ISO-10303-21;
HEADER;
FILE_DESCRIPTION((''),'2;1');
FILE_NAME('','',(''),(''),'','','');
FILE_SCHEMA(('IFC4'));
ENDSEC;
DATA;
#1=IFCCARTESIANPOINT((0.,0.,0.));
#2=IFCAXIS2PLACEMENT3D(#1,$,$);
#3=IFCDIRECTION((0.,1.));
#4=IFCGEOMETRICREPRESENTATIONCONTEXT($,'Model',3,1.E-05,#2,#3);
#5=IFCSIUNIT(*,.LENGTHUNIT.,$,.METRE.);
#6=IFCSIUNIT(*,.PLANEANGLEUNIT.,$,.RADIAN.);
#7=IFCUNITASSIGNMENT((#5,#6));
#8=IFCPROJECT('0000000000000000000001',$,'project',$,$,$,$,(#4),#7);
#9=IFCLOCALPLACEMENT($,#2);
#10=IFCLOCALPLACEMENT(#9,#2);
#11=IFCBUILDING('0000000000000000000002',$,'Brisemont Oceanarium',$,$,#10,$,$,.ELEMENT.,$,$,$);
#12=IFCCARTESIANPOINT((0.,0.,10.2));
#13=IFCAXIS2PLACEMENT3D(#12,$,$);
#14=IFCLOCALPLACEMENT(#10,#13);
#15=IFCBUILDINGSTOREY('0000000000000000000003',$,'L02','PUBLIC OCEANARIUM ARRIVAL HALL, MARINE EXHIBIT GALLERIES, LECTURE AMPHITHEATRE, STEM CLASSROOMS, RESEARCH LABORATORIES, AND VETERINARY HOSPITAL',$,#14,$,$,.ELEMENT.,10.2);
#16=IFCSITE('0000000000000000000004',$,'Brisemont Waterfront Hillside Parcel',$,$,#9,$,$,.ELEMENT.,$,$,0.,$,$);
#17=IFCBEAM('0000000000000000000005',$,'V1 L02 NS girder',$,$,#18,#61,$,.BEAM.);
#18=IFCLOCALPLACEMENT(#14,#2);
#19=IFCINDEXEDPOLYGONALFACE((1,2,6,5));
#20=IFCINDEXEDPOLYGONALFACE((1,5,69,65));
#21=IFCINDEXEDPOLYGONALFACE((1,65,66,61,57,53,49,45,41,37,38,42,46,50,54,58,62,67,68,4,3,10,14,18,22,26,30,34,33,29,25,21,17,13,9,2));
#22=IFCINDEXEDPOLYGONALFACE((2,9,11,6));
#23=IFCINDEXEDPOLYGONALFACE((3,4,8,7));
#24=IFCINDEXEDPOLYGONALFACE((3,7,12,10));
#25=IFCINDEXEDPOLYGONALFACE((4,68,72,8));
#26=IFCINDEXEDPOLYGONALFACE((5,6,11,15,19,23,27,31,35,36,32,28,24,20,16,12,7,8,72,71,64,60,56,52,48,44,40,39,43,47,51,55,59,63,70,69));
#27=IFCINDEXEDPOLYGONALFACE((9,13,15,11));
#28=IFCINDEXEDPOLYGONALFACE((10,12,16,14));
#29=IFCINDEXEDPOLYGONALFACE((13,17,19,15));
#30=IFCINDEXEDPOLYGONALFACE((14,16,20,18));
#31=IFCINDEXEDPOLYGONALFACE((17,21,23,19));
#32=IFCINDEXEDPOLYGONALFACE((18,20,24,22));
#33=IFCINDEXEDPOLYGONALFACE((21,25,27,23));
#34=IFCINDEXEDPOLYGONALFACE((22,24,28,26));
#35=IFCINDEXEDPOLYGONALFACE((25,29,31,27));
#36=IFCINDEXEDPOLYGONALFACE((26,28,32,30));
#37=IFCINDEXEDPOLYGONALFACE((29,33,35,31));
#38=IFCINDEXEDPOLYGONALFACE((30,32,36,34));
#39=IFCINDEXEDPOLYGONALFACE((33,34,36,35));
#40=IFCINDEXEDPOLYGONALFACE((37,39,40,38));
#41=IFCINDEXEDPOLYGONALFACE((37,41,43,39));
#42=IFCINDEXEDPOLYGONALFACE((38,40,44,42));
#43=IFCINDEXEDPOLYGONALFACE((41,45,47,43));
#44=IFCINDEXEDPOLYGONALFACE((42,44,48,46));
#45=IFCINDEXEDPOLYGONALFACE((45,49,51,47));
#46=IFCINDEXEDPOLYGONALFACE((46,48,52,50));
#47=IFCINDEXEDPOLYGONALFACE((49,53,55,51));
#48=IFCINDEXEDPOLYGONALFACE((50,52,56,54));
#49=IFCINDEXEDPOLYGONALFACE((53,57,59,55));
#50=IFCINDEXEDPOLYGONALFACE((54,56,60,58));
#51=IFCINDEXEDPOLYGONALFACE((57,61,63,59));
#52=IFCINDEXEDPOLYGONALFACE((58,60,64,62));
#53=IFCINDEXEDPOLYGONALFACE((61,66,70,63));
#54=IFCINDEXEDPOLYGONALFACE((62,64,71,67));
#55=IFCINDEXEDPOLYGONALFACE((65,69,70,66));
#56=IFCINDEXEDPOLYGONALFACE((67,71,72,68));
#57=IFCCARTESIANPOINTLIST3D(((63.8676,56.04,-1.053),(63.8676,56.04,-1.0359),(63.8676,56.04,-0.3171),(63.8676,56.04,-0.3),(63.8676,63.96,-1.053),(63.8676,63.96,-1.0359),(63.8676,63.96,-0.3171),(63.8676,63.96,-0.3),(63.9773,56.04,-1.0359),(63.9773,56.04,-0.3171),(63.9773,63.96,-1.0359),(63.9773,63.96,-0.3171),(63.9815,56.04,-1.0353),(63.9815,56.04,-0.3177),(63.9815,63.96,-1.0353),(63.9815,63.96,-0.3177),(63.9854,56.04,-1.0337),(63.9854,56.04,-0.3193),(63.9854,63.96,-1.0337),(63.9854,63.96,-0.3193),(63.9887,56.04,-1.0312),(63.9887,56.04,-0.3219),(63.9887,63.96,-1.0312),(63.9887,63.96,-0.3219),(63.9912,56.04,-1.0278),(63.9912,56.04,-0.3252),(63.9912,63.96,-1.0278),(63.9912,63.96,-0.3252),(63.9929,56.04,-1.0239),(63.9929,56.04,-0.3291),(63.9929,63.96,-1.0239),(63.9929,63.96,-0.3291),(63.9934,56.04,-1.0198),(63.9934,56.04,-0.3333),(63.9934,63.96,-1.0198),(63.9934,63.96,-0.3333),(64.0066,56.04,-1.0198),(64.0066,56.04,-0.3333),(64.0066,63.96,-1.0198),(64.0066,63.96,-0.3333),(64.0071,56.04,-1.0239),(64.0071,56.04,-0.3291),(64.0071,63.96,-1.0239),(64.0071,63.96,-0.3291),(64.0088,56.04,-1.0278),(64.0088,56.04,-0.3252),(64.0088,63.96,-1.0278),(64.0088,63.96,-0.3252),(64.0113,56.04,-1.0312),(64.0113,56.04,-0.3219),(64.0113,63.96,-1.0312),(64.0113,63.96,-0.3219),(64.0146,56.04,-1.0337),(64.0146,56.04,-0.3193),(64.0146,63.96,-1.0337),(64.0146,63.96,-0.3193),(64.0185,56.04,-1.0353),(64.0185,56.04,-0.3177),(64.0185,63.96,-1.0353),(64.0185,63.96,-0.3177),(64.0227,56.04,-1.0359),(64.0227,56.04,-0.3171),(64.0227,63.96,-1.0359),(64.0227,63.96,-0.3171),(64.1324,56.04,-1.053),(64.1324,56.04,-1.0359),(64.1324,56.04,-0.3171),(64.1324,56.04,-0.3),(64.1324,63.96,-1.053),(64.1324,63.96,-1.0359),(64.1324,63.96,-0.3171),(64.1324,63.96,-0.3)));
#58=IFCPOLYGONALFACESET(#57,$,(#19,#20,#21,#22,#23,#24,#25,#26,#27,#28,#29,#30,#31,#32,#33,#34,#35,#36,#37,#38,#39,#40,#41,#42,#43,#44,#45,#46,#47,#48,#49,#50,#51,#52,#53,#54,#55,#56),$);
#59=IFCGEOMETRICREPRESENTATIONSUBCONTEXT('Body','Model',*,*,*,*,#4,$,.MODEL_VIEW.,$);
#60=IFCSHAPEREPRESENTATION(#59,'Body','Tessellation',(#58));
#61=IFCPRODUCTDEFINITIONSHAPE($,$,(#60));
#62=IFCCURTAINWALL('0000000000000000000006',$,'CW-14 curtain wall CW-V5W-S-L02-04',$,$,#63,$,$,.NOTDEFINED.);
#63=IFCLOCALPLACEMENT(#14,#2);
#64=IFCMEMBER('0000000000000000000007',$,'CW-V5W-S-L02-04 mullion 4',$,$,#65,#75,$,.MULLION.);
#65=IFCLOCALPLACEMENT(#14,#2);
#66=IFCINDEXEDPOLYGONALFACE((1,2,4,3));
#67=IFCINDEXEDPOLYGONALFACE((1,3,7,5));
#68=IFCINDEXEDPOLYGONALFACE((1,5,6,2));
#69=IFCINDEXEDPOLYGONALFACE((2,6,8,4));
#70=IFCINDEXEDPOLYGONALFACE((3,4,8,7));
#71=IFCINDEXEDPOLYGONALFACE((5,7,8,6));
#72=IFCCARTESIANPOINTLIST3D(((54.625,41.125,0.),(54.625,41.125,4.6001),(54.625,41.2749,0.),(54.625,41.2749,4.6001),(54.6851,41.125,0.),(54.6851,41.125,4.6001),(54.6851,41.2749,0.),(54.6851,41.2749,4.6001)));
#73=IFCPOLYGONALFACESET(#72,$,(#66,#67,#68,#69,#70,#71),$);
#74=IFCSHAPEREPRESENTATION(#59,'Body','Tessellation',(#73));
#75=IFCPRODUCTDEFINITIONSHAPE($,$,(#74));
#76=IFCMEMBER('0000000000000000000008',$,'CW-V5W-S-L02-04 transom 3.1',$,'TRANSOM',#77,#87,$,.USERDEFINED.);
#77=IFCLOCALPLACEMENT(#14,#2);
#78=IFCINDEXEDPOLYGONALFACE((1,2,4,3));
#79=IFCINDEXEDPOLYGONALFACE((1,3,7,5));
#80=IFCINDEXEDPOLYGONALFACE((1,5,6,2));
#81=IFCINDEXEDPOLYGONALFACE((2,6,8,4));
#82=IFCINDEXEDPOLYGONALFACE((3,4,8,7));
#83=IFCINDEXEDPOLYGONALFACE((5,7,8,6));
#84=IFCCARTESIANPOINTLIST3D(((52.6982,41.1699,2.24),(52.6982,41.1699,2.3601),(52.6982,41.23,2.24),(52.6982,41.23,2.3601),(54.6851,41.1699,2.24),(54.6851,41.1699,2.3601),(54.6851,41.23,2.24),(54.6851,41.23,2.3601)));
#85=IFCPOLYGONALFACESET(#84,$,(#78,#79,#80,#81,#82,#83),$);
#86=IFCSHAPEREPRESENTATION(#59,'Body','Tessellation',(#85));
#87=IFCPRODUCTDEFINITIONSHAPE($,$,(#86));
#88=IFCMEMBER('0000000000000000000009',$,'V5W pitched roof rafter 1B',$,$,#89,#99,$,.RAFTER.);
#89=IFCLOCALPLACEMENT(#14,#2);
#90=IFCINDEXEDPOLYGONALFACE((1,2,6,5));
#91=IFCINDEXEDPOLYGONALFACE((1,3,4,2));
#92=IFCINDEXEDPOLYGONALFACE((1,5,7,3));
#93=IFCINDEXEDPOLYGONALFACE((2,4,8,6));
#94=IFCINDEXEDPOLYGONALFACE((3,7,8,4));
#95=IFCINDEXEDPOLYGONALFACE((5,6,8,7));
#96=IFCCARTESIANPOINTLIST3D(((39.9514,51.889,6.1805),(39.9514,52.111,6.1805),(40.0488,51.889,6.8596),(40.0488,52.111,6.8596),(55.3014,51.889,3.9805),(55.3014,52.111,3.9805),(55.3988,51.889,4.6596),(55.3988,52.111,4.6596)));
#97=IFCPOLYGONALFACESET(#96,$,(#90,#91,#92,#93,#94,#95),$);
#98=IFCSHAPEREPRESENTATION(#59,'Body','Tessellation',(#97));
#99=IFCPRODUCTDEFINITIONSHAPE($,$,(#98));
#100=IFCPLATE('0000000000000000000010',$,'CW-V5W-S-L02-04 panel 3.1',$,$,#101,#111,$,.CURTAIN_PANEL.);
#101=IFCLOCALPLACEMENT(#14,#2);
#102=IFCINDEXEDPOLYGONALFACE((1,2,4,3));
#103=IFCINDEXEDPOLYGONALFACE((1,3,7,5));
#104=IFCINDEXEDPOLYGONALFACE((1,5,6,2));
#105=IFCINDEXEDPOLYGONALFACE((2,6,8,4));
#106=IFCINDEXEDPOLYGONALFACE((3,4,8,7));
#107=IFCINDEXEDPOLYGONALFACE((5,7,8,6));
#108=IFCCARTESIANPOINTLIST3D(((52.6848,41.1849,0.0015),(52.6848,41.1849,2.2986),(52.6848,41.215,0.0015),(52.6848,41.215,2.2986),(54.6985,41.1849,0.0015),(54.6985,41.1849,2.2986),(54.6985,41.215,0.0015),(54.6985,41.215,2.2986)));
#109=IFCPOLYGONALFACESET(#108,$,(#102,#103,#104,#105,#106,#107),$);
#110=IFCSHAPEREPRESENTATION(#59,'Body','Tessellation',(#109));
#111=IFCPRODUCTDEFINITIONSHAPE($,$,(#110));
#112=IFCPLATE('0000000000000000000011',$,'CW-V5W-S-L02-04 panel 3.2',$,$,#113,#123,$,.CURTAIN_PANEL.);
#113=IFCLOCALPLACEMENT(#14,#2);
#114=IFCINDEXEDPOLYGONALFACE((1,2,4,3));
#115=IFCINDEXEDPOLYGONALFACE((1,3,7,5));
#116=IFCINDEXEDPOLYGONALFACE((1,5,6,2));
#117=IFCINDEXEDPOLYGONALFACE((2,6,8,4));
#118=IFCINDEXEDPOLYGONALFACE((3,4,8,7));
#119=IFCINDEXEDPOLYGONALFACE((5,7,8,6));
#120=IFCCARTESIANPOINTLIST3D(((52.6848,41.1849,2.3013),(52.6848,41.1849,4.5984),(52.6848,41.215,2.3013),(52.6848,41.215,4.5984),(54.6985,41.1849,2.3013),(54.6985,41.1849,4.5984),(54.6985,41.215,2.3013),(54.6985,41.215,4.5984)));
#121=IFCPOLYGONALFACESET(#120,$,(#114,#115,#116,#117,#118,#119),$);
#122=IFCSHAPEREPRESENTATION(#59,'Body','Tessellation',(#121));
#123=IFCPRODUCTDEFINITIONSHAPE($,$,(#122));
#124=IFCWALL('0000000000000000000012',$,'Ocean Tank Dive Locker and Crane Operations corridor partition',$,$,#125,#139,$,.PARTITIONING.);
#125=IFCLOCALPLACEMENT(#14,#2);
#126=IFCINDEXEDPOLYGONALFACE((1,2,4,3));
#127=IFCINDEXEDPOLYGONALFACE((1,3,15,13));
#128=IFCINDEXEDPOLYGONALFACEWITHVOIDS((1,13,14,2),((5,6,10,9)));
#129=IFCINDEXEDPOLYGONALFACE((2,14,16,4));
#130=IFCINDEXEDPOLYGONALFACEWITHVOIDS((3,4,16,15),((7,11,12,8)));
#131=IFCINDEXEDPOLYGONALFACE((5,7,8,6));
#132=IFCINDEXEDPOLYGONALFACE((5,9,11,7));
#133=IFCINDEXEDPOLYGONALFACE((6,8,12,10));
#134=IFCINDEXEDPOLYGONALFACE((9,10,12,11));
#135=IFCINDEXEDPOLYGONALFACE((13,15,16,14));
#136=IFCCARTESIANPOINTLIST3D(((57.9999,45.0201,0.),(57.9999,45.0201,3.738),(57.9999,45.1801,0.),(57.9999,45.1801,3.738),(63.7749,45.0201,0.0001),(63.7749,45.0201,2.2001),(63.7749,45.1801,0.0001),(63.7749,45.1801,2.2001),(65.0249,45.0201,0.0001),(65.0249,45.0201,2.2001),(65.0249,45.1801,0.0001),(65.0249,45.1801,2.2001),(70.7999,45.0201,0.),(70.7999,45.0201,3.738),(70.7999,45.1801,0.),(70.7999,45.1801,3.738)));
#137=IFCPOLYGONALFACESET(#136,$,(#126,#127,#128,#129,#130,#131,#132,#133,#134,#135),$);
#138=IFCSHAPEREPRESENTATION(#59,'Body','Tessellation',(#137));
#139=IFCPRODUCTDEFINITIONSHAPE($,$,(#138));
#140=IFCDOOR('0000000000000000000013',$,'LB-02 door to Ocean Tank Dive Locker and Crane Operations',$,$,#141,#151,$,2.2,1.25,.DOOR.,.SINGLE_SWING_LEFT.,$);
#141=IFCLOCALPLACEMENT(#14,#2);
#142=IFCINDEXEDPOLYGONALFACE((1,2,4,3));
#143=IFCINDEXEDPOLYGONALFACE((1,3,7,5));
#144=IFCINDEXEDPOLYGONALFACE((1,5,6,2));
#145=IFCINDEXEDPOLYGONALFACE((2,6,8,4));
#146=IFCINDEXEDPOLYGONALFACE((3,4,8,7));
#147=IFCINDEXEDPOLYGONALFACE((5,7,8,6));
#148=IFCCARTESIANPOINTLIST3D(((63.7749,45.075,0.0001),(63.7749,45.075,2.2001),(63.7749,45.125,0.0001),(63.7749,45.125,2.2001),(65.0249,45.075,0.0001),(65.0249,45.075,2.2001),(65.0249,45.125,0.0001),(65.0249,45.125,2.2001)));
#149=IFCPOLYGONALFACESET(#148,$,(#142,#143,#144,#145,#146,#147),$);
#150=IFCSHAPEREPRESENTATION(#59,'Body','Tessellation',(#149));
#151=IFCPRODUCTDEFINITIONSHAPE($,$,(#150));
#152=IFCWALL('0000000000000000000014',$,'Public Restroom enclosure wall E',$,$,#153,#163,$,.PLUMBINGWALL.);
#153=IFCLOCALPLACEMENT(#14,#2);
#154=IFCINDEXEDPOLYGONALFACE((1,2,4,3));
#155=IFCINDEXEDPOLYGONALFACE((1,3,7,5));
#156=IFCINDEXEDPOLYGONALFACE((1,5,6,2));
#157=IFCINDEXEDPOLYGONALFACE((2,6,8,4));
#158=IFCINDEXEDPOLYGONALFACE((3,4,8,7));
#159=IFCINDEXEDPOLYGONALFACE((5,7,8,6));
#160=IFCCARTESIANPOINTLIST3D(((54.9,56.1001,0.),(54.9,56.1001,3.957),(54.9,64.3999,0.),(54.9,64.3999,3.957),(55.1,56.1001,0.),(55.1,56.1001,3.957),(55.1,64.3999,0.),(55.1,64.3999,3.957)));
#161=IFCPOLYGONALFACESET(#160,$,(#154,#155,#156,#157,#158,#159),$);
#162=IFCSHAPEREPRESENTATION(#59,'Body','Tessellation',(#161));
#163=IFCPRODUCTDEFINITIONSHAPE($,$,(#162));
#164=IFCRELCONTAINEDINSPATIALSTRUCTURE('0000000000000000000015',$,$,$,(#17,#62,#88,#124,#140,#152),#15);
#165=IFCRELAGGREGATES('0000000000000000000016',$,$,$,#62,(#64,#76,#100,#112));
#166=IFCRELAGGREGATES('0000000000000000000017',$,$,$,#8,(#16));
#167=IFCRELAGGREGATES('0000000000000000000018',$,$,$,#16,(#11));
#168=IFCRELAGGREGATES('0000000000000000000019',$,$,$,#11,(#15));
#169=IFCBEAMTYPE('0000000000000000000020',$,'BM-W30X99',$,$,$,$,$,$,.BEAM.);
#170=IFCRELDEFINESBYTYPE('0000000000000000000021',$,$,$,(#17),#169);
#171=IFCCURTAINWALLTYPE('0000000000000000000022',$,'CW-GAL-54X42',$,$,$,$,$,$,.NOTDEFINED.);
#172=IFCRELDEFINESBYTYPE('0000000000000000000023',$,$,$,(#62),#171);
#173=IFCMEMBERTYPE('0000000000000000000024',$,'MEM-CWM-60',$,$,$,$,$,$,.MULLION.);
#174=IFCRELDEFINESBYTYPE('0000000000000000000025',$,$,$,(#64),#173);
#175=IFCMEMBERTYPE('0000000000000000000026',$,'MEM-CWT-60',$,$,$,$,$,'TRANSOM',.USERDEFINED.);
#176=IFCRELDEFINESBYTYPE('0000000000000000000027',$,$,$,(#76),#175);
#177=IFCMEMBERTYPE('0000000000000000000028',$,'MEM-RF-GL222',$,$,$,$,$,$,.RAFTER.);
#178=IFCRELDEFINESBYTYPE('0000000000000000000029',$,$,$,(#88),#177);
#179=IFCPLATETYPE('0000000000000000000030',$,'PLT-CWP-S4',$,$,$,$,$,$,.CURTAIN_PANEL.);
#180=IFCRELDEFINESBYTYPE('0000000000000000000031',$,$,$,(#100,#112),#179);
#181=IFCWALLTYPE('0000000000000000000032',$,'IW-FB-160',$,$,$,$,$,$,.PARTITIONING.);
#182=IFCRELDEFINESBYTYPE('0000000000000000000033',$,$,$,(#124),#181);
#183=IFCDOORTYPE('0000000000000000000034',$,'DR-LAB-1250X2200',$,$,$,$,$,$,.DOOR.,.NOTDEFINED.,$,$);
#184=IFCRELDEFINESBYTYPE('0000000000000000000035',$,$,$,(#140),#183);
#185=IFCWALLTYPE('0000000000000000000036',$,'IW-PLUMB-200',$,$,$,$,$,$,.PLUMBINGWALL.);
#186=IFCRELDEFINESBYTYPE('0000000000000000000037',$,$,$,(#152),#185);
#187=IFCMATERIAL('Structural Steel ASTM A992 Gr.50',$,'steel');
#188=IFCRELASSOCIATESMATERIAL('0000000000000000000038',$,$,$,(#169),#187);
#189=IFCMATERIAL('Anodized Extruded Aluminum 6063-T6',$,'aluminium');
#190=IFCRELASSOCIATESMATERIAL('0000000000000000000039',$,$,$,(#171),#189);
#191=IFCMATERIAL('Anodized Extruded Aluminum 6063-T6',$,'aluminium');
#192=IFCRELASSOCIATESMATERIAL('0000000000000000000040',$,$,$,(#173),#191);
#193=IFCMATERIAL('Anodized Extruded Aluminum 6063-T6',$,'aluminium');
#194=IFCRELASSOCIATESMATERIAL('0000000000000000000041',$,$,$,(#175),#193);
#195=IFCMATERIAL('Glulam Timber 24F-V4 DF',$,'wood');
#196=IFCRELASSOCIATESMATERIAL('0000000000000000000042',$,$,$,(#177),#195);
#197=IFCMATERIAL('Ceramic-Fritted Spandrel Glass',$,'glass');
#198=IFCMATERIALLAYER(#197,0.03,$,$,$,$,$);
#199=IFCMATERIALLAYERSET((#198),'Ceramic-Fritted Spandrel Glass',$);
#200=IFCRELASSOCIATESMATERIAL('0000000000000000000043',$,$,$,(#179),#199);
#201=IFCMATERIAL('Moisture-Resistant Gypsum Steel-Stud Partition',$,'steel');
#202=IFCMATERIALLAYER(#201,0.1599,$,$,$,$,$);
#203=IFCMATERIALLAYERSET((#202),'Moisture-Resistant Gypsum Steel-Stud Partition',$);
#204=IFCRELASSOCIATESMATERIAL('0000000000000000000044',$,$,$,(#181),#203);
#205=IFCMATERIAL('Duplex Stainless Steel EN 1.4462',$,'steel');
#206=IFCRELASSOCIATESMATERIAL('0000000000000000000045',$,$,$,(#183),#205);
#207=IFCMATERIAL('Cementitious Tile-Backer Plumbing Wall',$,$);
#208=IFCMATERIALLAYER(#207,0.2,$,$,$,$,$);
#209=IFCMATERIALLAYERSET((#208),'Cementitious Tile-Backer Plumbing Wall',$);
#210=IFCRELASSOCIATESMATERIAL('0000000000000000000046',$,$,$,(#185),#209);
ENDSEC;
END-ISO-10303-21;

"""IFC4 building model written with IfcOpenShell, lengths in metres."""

from ifc_helpers import new_model, si_unit, direction, frame, frame_2d, origin, origin_2d, place, context, subcontext, project, spatial, rectangle, i_section, extrude, material, layer, layer_set, material_profile, profile_set, type_object, element, fill, aggregate, save


model = new_model("IFC4")

# Units and contexts
model_context = context("Model", 3, precision=1e-05, world=origin(), true_north=direction((0.0, 1.0)))
body_context = subcontext(model_context, "Body", "Model", "MODEL_VIEW")
ifc_project = project(units=[si_unit("LENGTHUNIT", "METRE"), si_unit("PLANEANGLEUNIT", "RADIAN")], contexts=[model_context])

# Site, building, storey
site_placement = place(None, origin())
site = spatial("IfcSite", under=ifc_project, at=site_placement, Name="Brisemont Waterfront Hillside Parcel", CompositionType="ELEMENT", RefElevation=0.0)
building_placement = place(site_placement, origin())
building = spatial("IfcBuilding", under=site, at=building_placement, Name="Brisemont Oceanarium", CompositionType="ELEMENT")
storey_placement = place(building_placement, frame((0.0, 0.0, 10.2)))
storey = spatial("IfcBuildingStorey", under=building, at=storey_placement, Name="L02", Description="PUBLIC OCEANARIUM ARRIVAL HALL, MARINE EXHIBIT GALLERIES, LECTURE AMPHITHEATRE, STEM CLASSROOMS, RESEARCH LABORATORIES, AND VETERINARY HOSPITAL", CompositionType="ELEMENT", Elevation=10.2)

# Beam
ifc_material_1 = material(Name="Structural Steel ASTM A992 Gr.50", Category="steel")
ifc_material_profile_1 = material_profile(ifc_material_1, i_section(OverallWidth=0.2649, OverallDepth=0.7529, WebThickness=0.0132, FlangeThickness=0.0171, FilletRadius=0.0161, at=origin_2d()), Name="W30X99")
ifc_profile_set_1 = profile_set([ifc_material_profile_1], Name="Structural Steel ASTM A992 Gr.50")
beam_type_1 = type_object("IfcBeamType", Name="BM-W30X99", PredefinedType="BEAM", material=ifc_profile_set_1)
beam_1_placement = place(storey_placement, frame((64.0, 56.04, -0.6765), z_axis=(0.0, 1.0, 0.0), x_axis=(-1.0, 0.0, 0.0)))
element("IfcBeam", 1, at=beam_1_placement, inside=storey, type_object=beam_type_1, Name="V1 L02 NS girder", PredefinedType="BEAM", context=body_context, shape_type="SweptSolid", body=[
    extrude(i_section(OverallWidth=0.2649, OverallDepth=0.7529, WebThickness=0.0132, FlangeThickness=0.0171, FilletRadius=0.0161, at=origin_2d()), origin(), (0.0, 0.0, 1.0), 7.9199),
])

# Curtain wall, members
ifc_material_2 = material(Name="Anodized Extruded Aluminum 6063-T6", Category="aluminium")
curtain_wall_type = type_object("IfcCurtainWallType", Name="CW-GAL-54X42", PredefinedType="NOTDEFINED", material=ifc_material_2)
curtain_wall_placement = place(storey_placement, origin())
curtain_wall = element("IfcCurtainWall", 2, at=curtain_wall_placement, inside=storey, type_object=curtain_wall_type, Name="CW-14 curtain wall CW-V5W-S-L02-04", PredefinedType="NOTDEFINED")
ifc_material_3 = material(Name="Anodized Extruded Aluminum 6063-T6", Category="aluminium")
ifc_material_profile_2 = material_profile(ifc_material_3, rectangle(XDim=0.0601, YDim=0.1499, at=origin_2d()), Name="CWM-60X150")
ifc_profile_set_2 = profile_set([ifc_material_profile_2], Name="Anodized Extruded Aluminum 6063-T6")
member_type_1 = type_object("IfcMemberType", Name="MEM-CWM-60", PredefinedType="MULLION", material=ifc_profile_set_2)
member_1_placement = place(storey_placement, frame((54.655, 41.2, 0.0), z_axis=(0.0, 0.0, 1.0), x_axis=(1.0, 0.0, 0.0)))
member_1 = element("IfcMember", 3, at=member_1_placement, type_object=member_type_1, Name="CW-V5W-S-L02-04 mullion 4", PredefinedType="MULLION", context=body_context, shape_type="SweptSolid", body=[
    extrude(rectangle(XDim=0.0601, YDim=0.1499, at=origin_2d()), origin(), (0.0, 0.0, 1.0), 4.6001),
])
ifc_material_4 = material(Name="Anodized Extruded Aluminum 6063-T6", Category="aluminium")
ifc_material_profile_3 = material_profile(ifc_material_4, rectangle(XDim=0.0601, YDim=0.1201, at=origin_2d()), Name="CWT-60X120")
ifc_profile_set_3 = profile_set([ifc_material_profile_3], Name="Anodized Extruded Aluminum 6063-T6")
member_type_2 = type_object("IfcMemberType", Name="MEM-CWT-60", ElementType="TRANSOM", PredefinedType="USERDEFINED", material=ifc_profile_set_3)
member_2_placement = place(storey_placement, frame((52.6982, 41.2, 2.3), z_axis=(1.0, 0.0, 0.0), x_axis=(0.0, 1.0, 0.0)))
member_2 = element("IfcMember", 4, at=member_2_placement, type_object=member_type_2, Name="CW-V5W-S-L02-04 transom 3.1", ObjectType="TRANSOM", PredefinedType="USERDEFINED", context=body_context, shape_type="SweptSolid", body=[
    extrude(rectangle(XDim=0.0601, YDim=0.1201, at=origin_2d()), origin(), (0.0, 0.0, 1.0), 1.9868),
])

# Member
ifc_material_5 = material(Name="Glulam Timber 24F-V4 DF", Category="wood")
ifc_material_profile_4 = material_profile(ifc_material_5, rectangle(XDim=0.2219, YDim=0.686, at=origin_2d()), Name="GL-222X686")
ifc_profile_set_4 = profile_set([ifc_material_profile_4], Name="Glulam Timber 24F-V4 DF")
member_type_3 = type_object("IfcMemberType", Name="MEM-RF-GL222", PredefinedType="RAFTER", material=ifc_profile_set_4)
member_3_placement = place(storey_placement, frame((55.3501, 52.0, 4.3201), z_axis=(-0.989885, 0.0, 0.141869), x_axis=(0.0, -1.0, 0.0)))
element("IfcMember", 5, at=member_3_placement, inside=storey, type_object=member_type_3, Name="V5W pitched roof rafter 1B", PredefinedType="RAFTER", context=body_context, shape_type="SweptSolid", body=[
    extrude(rectangle(XDim=0.2219, YDim=0.686, at=origin_2d()), origin(), (0.0, 0.0, 1.0), 15.5068),
])

# Plates
ifc_material_6 = material(Name="Ceramic-Fritted Spandrel Glass", Category="glass")
ifc_layer_1 = layer(ifc_material_6, 0.03)
ifc_layer_set_1 = layer_set([ifc_layer_1], Name="Ceramic-Fritted Spandrel Glass")
plate_type = type_object("IfcPlateType", Name="PLT-CWP-S4", PredefinedType="CURTAIN_PANEL", material=ifc_layer_set_1)
plate_1_placement = place(storey_placement, frame((53.6917, 41.2, 0.0015), z_axis=(0.0, 0.0, 1.0), x_axis=(1.0, 0.0, 0.0)))
plate_1 = element("IfcPlate", 6, at=plate_1_placement, type_object=plate_type, Name="CW-V5W-S-L02-04 panel 3.1", PredefinedType="CURTAIN_PANEL", context=body_context, shape_type="SweptSolid", body=[
    extrude(rectangle(XDim=2.0137, YDim=0.03, at=origin_2d()), origin(), (0.0, 0.0, 1.0), 2.2971),
])
plate_2_placement = place(storey_placement, frame((53.6917, 41.2, 2.3013), z_axis=(0.0, 0.0, 1.0), x_axis=(1.0, 0.0, 0.0)))
plate_2 = element("IfcPlate", 7, at=plate_2_placement, type_object=plate_type, Name="CW-V5W-S-L02-04 panel 3.2", PredefinedType="CURTAIN_PANEL", context=body_context, shape_type="SweptSolid", body=[
    extrude(rectangle(XDim=2.0137, YDim=0.03, at=origin_2d()), origin(), (0.0, 0.0, 1.0), 2.2971),
])
aggregate(curtain_wall, [member_1, member_2, plate_1, plate_2])

# Wall, opening, door
ifc_material_7 = material(Name="Moisture-Resistant Gypsum Steel-Stud Partition", Category="steel")
ifc_layer_2 = layer(ifc_material_7, 0.1599)
ifc_layer_set_2 = layer_set([ifc_layer_2], Name="Moisture-Resistant Gypsum Steel-Stud Partition")
wall_type_1 = type_object("IfcWallType", Name="IW-FB-160", PredefinedType="PARTITIONING", material=ifc_layer_set_2)
wall_1_placement = place(storey_placement, frame((58.0, 45.1001, 0.0), z_axis=(0.0, 0.0, 1.0), x_axis=(1.0, 0.0, 0.0)))
wall_1 = element("IfcWall", 8, at=wall_1_placement, inside=storey, type_object=wall_type_1, Name="Ocean Tank Dive Locker and Crane Operations corridor partition", PredefinedType="PARTITIONING", context=body_context, shape_type="SweptSolid", body=[
    extrude(rectangle(XDim=12.8, YDim=0.1599, at=frame_2d((6.3999, 0.0))), origin(), (0.0, 0.0, 1.0), 3.738),
])
opening_1_placement = place(wall_1_placement, frame((5.7749, 0.0, 0.0)))
opening_1 = element("IfcOpeningElement", 9, at=opening_1_placement, cuts=wall_1, PredefinedType="OPENING", context=body_context, shape_type="SweptSolid", body=[
    extrude(rectangle(XDim=1.25, YDim=2.2, at=frame_2d((0.625, 1.1001))), frame((0.0, 0.0898, 0.0), z_axis=(0.0, -1.0, 0.0), x_axis=(1.0, 0.0, 0.0)), (0.0, 0.0, 1.0), 0.1799),
])
ifc_material_8 = material(Name="Duplex Stainless Steel EN 1.4462", Category="steel")
door_type_1 = type_object("IfcDoorType", Name="DR-LAB-1250X2200", OperationType="NOTDEFINED", PredefinedType="DOOR", material=ifc_material_8)
door_1_placement = place(opening_1_placement, origin())
door_1 = element("IfcDoor", 10, at=door_1_placement, inside=storey, type_object=door_type_1, Name="LB-02 door to Ocean Tank Dive Locker and Crane Operations", OperationType="SINGLE_SWING_LEFT", OverallHeight=2.2, OverallWidth=1.25, PredefinedType="DOOR", context=body_context, shape_type="SweptSolid", body=[
    extrude(rectangle(XDim=1.25, YDim=2.2, at=frame_2d((0.625, 1.1001))), frame((0.0, 0.0249, 0.0), z_axis=(0.0, -1.0, 0.0), x_axis=(1.0, 0.0, 0.0)), (0.0, 0.0, 1.0), 0.05),
])
fill(opening_1, door_1)

# Wall
ifc_material_9 = material(Name="Cementitious Tile-Backer Plumbing Wall")
ifc_layer_3 = layer(ifc_material_9, 0.2)
ifc_layer_set_3 = layer_set([ifc_layer_3], Name="Cementitious Tile-Backer Plumbing Wall")
wall_type_2 = type_object("IfcWallType", Name="IW-PLUMB-200", PredefinedType="PLUMBINGWALL", material=ifc_layer_set_3)
wall_2_placement = place(storey_placement, frame((55.0, 56.1001, 0.0), z_axis=(0.0, 0.0, 1.0), x_axis=(0.0, 1.0, 0.0)))
element("IfcWall", 11, at=wall_2_placement, inside=storey, type_object=wall_type_2, Name="Public Restroom enclosure wall E", PredefinedType="PLUMBINGWALL", context=body_context, shape_type="SweptSolid", body=[
    extrude(rectangle(XDim=8.2998, YDim=0.2, at=frame_2d((4.1499, 0.0))), origin(), (0.0, 0.0, 1.0), 3.957),
])

save(model, "model.ifc")
